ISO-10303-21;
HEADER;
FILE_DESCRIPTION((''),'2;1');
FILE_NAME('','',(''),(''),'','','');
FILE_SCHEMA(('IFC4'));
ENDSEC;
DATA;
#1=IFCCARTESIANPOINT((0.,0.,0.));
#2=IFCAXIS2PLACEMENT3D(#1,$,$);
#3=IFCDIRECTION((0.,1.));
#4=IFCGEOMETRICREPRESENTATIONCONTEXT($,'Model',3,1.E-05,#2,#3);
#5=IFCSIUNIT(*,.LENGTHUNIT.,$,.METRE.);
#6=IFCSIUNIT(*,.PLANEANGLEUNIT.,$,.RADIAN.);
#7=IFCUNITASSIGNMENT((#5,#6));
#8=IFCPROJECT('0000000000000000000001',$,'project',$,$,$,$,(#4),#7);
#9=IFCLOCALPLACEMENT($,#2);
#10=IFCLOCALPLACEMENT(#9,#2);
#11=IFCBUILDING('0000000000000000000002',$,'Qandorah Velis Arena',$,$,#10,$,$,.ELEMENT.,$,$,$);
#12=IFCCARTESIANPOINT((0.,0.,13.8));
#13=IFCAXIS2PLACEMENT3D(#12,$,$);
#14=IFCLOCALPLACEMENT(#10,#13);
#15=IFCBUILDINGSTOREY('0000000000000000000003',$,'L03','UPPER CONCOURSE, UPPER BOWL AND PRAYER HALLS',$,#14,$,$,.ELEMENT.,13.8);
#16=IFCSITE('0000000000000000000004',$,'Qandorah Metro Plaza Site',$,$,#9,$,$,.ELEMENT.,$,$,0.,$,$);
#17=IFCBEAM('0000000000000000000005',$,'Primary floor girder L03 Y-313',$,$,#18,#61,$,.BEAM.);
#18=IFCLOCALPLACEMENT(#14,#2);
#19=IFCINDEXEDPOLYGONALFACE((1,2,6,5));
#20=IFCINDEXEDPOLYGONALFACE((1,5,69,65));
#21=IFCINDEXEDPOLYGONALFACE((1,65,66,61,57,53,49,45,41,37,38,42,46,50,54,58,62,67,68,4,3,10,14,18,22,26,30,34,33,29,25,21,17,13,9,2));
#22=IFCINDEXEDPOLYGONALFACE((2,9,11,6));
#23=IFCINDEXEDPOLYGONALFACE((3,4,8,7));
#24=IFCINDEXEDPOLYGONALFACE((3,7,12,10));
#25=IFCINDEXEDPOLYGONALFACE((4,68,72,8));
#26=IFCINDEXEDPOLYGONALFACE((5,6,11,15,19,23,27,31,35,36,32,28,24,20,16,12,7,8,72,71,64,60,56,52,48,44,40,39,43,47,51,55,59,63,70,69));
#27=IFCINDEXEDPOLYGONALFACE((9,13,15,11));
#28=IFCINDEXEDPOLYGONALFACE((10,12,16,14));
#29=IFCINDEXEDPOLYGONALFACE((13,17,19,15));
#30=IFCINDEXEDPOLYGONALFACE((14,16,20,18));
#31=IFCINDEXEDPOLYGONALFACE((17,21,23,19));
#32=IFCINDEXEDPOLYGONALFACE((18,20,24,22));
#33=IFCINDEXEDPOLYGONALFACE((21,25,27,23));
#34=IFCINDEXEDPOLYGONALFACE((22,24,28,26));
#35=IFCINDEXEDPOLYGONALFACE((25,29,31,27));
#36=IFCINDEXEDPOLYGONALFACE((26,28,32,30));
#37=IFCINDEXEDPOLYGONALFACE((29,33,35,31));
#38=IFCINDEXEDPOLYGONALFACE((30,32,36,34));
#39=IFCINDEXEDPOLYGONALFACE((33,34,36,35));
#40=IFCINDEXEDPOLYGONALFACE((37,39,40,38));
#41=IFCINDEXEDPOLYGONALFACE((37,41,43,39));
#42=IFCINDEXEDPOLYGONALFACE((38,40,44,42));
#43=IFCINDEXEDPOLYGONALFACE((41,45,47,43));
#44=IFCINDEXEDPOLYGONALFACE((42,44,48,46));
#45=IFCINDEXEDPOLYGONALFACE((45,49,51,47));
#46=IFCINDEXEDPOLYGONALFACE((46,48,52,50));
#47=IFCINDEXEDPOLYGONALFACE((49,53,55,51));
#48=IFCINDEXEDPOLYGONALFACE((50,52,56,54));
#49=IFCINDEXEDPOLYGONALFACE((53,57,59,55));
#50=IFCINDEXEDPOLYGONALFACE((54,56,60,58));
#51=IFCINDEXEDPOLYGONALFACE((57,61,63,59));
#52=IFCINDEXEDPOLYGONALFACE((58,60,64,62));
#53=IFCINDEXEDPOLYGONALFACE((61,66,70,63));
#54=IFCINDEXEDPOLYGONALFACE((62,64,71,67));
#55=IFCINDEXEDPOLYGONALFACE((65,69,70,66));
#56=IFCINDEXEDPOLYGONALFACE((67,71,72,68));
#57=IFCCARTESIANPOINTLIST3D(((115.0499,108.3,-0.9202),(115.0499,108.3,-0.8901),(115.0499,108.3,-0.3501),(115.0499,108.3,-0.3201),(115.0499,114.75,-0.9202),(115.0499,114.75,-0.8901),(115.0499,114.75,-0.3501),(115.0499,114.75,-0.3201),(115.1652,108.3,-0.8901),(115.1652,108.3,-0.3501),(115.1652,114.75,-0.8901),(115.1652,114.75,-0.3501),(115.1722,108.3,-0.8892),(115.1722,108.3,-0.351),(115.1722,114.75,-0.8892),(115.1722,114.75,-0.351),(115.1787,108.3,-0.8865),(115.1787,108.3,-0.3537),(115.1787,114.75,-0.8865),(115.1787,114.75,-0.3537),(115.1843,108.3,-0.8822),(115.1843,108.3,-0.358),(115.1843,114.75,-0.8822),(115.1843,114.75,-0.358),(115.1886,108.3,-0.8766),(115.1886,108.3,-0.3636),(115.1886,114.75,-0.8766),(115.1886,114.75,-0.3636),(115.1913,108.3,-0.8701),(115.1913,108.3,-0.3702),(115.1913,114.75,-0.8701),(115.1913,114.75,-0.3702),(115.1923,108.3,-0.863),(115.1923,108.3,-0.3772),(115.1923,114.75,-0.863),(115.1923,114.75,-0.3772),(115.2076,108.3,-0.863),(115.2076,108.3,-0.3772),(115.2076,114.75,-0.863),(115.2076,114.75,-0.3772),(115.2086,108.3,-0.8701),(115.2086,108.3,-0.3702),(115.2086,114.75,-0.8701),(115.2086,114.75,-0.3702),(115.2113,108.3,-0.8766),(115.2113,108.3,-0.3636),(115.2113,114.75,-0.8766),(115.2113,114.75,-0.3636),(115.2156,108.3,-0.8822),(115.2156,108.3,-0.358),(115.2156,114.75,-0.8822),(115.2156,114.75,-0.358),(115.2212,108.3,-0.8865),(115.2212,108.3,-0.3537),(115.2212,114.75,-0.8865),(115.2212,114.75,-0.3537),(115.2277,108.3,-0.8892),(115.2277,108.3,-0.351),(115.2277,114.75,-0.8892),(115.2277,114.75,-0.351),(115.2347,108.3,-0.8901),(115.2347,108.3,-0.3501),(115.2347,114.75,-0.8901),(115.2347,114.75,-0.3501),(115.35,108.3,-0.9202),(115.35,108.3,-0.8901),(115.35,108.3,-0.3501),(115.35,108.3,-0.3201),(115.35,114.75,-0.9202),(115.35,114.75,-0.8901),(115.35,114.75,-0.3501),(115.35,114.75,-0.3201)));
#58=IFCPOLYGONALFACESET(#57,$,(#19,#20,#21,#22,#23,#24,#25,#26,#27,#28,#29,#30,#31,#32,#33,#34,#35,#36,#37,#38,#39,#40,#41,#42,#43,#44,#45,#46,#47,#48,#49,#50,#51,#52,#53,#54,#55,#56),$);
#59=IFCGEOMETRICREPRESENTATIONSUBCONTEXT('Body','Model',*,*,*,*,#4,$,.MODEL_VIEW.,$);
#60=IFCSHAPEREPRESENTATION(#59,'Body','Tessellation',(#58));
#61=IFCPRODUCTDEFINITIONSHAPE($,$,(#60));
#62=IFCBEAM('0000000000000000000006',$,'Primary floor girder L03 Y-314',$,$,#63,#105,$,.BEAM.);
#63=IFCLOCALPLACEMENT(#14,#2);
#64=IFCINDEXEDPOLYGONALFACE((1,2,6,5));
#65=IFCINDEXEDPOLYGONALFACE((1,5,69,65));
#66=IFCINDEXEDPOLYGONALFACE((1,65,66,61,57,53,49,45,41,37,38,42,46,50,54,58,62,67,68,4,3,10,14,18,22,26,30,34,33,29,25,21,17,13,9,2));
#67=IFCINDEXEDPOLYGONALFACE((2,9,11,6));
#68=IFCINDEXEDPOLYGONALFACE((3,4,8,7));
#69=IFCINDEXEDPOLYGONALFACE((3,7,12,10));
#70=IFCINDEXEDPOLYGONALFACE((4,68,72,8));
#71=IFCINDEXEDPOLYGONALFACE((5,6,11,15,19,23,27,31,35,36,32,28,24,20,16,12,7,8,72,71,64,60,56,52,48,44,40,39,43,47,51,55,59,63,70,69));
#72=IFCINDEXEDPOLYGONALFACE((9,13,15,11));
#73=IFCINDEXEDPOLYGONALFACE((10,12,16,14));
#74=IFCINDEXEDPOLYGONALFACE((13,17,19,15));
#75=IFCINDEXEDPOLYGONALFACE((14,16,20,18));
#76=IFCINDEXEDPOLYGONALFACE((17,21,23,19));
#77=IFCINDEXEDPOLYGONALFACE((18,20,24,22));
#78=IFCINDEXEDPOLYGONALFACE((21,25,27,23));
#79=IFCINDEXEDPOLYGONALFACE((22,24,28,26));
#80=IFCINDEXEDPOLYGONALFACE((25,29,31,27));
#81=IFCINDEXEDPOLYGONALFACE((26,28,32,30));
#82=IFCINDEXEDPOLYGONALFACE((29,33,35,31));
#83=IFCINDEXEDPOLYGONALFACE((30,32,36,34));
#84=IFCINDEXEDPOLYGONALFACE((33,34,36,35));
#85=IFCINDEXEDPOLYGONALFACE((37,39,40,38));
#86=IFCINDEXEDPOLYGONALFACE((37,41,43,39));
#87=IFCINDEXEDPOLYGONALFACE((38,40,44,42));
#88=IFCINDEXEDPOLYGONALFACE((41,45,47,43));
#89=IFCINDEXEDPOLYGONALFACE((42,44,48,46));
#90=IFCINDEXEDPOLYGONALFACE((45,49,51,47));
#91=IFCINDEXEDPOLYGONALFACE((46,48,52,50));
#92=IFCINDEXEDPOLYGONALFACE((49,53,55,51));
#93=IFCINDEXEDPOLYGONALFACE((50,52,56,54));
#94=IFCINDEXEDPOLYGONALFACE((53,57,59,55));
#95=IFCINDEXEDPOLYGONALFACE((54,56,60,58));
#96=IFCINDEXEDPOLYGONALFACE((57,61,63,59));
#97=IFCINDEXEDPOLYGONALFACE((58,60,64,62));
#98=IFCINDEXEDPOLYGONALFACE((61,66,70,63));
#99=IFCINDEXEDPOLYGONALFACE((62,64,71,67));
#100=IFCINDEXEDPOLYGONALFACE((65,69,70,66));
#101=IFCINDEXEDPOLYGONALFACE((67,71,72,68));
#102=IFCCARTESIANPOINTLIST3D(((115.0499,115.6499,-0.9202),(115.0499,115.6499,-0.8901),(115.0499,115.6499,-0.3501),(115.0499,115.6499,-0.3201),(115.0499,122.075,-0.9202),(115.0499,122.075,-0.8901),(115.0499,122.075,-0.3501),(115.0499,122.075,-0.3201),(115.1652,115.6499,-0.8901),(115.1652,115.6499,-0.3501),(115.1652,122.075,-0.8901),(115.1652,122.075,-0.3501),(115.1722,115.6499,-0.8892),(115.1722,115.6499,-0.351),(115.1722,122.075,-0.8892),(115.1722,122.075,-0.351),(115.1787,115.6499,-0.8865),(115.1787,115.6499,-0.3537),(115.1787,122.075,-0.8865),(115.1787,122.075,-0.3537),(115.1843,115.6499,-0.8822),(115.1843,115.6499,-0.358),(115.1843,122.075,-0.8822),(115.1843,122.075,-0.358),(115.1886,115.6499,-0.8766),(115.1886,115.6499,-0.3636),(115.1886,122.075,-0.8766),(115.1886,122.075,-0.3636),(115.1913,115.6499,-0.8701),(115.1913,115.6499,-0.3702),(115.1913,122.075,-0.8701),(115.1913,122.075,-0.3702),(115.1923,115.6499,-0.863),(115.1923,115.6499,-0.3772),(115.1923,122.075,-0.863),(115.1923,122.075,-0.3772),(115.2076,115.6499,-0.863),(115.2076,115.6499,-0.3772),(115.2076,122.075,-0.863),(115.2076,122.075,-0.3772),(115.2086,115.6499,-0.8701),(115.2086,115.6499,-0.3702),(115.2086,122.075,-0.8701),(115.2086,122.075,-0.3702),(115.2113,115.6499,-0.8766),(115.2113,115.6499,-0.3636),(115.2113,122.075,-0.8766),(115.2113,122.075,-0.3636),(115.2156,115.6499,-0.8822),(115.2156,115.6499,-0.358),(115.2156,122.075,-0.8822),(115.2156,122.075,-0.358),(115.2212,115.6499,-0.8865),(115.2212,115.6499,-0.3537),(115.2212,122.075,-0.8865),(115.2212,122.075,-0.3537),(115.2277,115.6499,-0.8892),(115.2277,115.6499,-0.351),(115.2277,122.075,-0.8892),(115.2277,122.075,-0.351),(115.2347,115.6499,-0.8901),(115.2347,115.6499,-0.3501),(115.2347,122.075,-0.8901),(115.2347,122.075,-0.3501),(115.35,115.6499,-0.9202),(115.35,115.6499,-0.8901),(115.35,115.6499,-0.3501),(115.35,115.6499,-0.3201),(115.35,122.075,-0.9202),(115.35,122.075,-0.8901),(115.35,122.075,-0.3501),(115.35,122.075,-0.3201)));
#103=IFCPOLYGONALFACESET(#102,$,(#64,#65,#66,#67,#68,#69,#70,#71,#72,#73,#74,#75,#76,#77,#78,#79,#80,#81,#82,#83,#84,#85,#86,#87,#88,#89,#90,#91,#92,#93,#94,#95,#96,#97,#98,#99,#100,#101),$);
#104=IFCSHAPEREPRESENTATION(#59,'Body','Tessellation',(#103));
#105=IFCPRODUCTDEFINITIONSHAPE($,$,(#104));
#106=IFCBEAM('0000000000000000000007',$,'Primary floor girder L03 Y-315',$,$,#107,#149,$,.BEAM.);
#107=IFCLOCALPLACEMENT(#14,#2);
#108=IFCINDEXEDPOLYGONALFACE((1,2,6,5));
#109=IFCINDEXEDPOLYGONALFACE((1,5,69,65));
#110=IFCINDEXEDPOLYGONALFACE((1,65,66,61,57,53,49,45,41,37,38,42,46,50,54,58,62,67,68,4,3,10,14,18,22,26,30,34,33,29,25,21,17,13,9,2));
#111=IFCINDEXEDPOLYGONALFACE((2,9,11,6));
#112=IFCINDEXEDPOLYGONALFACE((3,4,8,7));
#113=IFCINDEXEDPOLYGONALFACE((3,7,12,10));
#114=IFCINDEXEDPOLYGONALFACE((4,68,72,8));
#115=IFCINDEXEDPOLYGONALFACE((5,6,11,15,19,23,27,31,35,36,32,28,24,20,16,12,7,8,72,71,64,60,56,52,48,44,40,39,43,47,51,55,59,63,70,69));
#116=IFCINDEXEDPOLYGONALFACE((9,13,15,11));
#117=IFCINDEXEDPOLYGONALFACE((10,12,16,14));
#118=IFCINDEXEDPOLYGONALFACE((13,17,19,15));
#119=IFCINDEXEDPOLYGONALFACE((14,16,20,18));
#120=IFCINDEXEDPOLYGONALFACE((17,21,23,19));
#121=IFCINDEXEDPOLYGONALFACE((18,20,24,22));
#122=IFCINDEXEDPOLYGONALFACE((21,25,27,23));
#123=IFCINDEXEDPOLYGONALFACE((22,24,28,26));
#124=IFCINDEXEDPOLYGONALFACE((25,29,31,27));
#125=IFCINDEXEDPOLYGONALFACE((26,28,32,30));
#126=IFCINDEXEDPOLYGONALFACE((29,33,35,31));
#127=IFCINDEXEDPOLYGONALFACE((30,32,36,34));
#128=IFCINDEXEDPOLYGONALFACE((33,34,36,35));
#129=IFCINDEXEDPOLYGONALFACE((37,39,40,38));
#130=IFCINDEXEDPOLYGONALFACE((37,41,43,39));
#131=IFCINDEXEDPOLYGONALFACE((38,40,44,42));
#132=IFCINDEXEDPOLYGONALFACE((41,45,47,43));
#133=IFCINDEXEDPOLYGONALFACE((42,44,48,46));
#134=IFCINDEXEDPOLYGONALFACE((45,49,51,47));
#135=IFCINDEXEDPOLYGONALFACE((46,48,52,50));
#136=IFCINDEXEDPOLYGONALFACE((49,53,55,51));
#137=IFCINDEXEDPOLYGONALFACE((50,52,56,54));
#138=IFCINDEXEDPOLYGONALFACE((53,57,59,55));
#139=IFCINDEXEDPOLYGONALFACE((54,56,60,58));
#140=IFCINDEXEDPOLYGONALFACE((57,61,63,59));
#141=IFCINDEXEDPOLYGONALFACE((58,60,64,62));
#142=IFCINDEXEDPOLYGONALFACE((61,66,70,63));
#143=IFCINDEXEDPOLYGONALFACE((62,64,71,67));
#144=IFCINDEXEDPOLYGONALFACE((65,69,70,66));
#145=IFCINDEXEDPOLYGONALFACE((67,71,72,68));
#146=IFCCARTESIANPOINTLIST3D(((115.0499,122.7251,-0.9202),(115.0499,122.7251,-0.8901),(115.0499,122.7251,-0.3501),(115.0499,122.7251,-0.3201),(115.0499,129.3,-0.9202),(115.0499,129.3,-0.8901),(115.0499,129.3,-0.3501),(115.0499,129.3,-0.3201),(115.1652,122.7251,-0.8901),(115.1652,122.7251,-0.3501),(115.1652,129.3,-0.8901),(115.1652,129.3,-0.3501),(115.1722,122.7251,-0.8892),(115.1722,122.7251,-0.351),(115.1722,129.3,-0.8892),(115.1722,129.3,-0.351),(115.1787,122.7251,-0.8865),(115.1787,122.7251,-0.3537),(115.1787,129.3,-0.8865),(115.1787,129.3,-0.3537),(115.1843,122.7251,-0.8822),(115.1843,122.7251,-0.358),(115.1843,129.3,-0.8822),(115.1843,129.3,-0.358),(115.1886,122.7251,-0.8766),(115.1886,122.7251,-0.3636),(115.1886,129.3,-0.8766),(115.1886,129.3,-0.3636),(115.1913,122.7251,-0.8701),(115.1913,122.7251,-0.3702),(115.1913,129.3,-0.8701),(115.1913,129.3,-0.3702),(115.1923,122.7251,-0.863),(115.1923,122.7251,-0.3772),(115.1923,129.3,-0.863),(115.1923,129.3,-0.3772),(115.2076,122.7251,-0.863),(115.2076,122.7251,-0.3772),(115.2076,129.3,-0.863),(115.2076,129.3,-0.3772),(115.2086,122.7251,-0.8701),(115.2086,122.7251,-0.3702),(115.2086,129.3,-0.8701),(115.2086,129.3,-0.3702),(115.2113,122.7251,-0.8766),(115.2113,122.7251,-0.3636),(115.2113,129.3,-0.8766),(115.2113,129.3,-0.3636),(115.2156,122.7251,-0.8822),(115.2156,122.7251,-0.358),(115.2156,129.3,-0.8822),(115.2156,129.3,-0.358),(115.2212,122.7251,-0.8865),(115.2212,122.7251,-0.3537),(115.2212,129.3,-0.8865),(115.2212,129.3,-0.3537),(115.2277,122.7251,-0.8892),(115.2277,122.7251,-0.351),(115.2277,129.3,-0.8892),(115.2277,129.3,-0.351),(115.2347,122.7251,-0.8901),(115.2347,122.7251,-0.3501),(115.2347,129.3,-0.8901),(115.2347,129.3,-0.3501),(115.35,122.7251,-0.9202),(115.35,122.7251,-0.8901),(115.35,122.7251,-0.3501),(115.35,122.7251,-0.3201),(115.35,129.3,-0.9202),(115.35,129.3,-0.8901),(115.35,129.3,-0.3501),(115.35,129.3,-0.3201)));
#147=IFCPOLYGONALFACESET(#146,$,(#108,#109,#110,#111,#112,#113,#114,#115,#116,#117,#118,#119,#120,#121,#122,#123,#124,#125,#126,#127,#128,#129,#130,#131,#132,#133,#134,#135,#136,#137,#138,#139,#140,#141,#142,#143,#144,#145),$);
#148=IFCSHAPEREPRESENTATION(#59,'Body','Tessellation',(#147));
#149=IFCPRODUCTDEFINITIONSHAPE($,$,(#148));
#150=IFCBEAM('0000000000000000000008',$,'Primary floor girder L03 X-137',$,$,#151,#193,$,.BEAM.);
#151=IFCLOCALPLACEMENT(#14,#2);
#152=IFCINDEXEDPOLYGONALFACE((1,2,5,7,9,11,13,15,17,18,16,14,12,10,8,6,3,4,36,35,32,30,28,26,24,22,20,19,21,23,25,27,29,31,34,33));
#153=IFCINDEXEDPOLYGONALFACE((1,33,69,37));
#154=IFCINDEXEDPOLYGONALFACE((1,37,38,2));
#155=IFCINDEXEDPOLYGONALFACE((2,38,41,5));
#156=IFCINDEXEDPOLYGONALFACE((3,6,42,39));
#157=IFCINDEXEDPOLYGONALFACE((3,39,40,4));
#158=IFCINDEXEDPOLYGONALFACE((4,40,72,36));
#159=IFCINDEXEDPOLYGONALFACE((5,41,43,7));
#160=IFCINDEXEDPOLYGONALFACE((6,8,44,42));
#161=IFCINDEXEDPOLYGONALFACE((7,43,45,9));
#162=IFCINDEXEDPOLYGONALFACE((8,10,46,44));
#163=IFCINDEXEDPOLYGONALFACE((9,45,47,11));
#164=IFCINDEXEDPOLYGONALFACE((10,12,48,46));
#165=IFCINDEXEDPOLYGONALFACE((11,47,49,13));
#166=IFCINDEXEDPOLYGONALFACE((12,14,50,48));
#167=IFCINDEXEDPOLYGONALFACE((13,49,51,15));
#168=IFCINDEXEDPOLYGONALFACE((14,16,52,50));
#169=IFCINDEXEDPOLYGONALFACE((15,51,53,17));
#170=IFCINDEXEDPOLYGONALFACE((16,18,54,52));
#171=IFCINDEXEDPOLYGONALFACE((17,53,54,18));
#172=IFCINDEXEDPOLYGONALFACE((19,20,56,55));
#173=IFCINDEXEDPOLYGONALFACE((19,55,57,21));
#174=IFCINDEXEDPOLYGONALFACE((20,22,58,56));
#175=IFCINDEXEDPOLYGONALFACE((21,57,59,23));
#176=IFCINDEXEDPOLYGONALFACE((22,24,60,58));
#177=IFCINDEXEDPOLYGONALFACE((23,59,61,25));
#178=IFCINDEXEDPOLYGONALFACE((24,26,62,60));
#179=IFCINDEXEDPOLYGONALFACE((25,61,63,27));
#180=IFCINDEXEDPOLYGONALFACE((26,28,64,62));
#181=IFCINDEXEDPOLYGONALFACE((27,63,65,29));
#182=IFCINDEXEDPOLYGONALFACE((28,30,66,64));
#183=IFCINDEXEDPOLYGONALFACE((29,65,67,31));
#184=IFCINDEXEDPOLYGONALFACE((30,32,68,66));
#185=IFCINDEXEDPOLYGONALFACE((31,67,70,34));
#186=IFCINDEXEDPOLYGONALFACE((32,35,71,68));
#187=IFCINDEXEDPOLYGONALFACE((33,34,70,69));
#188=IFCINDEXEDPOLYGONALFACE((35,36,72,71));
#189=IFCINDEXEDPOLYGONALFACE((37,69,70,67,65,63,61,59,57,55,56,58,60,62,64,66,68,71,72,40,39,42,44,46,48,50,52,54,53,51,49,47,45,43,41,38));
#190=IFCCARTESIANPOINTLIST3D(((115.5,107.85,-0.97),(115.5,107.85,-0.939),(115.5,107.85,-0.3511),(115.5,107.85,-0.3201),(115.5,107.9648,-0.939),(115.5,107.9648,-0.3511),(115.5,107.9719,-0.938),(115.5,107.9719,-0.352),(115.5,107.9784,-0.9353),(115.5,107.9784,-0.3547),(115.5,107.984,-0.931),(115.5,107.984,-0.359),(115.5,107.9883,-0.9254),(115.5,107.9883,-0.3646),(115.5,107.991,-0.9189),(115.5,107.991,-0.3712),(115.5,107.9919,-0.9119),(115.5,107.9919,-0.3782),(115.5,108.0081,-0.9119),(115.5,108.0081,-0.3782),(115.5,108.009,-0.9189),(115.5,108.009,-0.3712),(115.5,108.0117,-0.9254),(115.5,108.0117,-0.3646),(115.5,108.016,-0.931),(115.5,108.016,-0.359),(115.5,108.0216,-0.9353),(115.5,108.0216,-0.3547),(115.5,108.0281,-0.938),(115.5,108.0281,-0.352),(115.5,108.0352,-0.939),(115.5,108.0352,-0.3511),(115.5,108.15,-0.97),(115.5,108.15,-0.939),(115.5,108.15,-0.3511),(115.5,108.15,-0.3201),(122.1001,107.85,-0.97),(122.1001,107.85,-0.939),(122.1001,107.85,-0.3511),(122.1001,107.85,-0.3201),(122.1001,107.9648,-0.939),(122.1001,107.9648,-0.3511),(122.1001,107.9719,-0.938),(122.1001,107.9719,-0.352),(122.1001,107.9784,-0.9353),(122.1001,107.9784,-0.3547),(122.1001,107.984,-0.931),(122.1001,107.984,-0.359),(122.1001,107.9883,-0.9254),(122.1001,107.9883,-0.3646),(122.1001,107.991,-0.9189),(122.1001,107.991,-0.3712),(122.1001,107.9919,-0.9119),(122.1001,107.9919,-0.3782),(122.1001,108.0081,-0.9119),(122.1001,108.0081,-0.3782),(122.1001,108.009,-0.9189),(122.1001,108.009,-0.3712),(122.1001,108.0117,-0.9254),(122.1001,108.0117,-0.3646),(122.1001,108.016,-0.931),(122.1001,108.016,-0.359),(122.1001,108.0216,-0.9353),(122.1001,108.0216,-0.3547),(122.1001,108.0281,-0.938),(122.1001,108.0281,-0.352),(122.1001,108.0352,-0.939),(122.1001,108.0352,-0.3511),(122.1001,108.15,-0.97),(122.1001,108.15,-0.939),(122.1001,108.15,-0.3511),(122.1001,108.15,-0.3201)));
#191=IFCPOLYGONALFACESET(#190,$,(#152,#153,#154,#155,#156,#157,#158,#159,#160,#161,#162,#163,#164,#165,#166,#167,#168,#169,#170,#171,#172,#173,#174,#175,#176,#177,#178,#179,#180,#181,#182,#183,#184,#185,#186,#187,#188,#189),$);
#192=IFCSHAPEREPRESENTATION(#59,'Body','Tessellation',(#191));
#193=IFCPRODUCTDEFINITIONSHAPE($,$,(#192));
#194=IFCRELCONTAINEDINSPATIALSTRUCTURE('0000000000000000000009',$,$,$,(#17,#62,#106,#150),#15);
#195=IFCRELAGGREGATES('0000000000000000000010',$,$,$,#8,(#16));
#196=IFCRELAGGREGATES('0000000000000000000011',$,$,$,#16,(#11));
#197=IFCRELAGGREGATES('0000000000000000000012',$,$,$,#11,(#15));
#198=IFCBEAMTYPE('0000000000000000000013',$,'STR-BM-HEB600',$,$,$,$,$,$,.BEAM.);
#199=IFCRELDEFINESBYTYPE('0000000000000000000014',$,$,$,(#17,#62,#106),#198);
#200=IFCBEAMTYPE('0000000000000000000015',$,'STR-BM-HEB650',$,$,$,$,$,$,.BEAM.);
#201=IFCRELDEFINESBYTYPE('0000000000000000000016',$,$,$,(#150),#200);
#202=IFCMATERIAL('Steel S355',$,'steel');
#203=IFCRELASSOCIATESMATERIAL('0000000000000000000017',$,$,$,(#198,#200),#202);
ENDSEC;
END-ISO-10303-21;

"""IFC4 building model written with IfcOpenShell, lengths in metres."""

from ifc_helpers import new_model, si_unit, direction, frame, origin, origin_2d, place, context, subcontext, project, spatial, i_section, extrude, material, material_profile, profile_set, type_object, element, save


model = new_model("IFC4")

# Units and contexts
model_context = context("Model", 3, precision=1e-05, world=origin(), true_north=direction((0.0, 1.0)))
body_context = subcontext(model_context, "Body", "Model", "MODEL_VIEW")
ifc_project = project(units=[si_unit("LENGTHUNIT", "METRE"), si_unit("PLANEANGLEUNIT", "RADIAN")], contexts=[model_context])

# Site, building, storey
site_placement = place(None, origin())
site = spatial("IfcSite", under=ifc_project, at=site_placement, Name="Qandorah Metro Plaza Site", CompositionType="ELEMENT", RefElevation=0.0)
building_placement = place(site_placement, origin())
building = spatial("IfcBuilding", under=site, at=building_placement, Name="Qandorah Velis Arena", CompositionType="ELEMENT")
storey_placement = place(building_placement, frame((0.0, 0.0, 13.8)))
storey = spatial("IfcBuildingStorey", under=building, at=storey_placement, Name="L03", Description="UPPER CONCOURSE, UPPER BOWL AND PRAYER HALLS", CompositionType="ELEMENT", Elevation=13.8)

# Beams
ifc_material_1 = material(Name="Steel S355", Category="steel")
ifc_material_profile_1 = material_profile(ifc_material_1, i_section(OverallWidth=0.3, OverallDepth=0.6001, WebThickness=0.0154, FlangeThickness=0.03, FilletRadius=0.0271, at=origin_2d()), Name="HEB 600")
ifc_profile_set_1 = profile_set([ifc_material_profile_1], Name="Steel S355")
beam_type_1 = type_object("IfcBeamType", Name="STR-BM-HEB600", PredefinedType="BEAM", material=ifc_profile_set_1)
beam_1_placement = place(storey_placement, frame((115.2, 108.3, -0.6201), z_axis=(0.0, 1.0, 0.0), x_axis=(-1.0, 0.0, 0.0)))
element("IfcBeam", 1, at=beam_1_placement, inside=storey, type_object=beam_type_1, Name="Primary floor girder L03 Y-313", PredefinedType="BEAM", context=body_context, shape_type="SweptSolid", body=[
    extrude(i_section(OverallWidth=0.3, OverallDepth=0.6001, WebThickness=0.0154, FlangeThickness=0.03, FilletRadius=0.0271, at=origin_2d()), origin(), (0.0, 0.0, 1.0), 6.45),
])
beam_2_placement = place(storey_placement, frame((115.2, 115.6499, -0.6201), z_axis=(0.0, 1.0, 0.0), x_axis=(-1.0, 0.0, 0.0)))
element("IfcBeam", 2, at=beam_2_placement, inside=storey, type_object=beam_type_1, Name="Primary floor girder L03 Y-314", PredefinedType="BEAM", context=body_context, shape_type="SweptSolid", body=[
    extrude(i_section(OverallWidth=0.3, OverallDepth=0.6001, WebThickness=0.0154, FlangeThickness=0.03, FilletRadius=0.0271, at=origin_2d()), origin(), (0.0, 0.0, 1.0), 6.425),
])
beam_3_placement = place(storey_placement, frame((115.2, 122.7251, -0.6201), z_axis=(0.0, 1.0, 0.0), x_axis=(-1.0, 0.0, 0.0)))
element("IfcBeam", 3, at=beam_3_placement, inside=storey, type_object=beam_type_1, Name="Primary floor girder L03 Y-315", PredefinedType="BEAM", context=body_context, shape_type="SweptSolid", body=[
    extrude(i_section(OverallWidth=0.3, OverallDepth=0.6001, WebThickness=0.0154, FlangeThickness=0.03, FilletRadius=0.0271, at=origin_2d()), origin(), (0.0, 0.0, 1.0), 6.575),
])
ifc_material_profile_2 = material_profile(ifc_material_1, i_section(OverallWidth=0.3, OverallDepth=0.6499, WebThickness=0.0161, FlangeThickness=0.031, FilletRadius=0.0271, at=origin_2d()), Name="HEB 650")
ifc_profile_set_2 = profile_set([ifc_material_profile_2], Name="Steel S355")
beam_type_2 = type_object("IfcBeamType", Name="STR-BM-HEB650", PredefinedType="BEAM", material=ifc_profile_set_2)
for number, where, z_axis, x_axis, name in (
    (4, (115.5, 108.0, -0.645), (1.0, 0.0, 0.0), (0.0, 1.0, 0.0), "Primary floor girder L03 X-137"),
):
    element("IfcBeam", number, at=place(storey_placement, frame(where, z_axis=z_axis, x_axis=x_axis)), inside=storey, type_object=beam_type_2, Name=name, PredefinedType="BEAM", context=body_context, shape_type="SweptSolid", body=[
        extrude(i_section(OverallWidth=0.3, OverallDepth=0.6499, WebThickness=0.0161, FlangeThickness=0.031, FilletRadius=0.0271, at=origin_2d()), origin(), (0.0, 0.0, 1.0), 6.6001),
    ])

save(model, "model.ifc")
